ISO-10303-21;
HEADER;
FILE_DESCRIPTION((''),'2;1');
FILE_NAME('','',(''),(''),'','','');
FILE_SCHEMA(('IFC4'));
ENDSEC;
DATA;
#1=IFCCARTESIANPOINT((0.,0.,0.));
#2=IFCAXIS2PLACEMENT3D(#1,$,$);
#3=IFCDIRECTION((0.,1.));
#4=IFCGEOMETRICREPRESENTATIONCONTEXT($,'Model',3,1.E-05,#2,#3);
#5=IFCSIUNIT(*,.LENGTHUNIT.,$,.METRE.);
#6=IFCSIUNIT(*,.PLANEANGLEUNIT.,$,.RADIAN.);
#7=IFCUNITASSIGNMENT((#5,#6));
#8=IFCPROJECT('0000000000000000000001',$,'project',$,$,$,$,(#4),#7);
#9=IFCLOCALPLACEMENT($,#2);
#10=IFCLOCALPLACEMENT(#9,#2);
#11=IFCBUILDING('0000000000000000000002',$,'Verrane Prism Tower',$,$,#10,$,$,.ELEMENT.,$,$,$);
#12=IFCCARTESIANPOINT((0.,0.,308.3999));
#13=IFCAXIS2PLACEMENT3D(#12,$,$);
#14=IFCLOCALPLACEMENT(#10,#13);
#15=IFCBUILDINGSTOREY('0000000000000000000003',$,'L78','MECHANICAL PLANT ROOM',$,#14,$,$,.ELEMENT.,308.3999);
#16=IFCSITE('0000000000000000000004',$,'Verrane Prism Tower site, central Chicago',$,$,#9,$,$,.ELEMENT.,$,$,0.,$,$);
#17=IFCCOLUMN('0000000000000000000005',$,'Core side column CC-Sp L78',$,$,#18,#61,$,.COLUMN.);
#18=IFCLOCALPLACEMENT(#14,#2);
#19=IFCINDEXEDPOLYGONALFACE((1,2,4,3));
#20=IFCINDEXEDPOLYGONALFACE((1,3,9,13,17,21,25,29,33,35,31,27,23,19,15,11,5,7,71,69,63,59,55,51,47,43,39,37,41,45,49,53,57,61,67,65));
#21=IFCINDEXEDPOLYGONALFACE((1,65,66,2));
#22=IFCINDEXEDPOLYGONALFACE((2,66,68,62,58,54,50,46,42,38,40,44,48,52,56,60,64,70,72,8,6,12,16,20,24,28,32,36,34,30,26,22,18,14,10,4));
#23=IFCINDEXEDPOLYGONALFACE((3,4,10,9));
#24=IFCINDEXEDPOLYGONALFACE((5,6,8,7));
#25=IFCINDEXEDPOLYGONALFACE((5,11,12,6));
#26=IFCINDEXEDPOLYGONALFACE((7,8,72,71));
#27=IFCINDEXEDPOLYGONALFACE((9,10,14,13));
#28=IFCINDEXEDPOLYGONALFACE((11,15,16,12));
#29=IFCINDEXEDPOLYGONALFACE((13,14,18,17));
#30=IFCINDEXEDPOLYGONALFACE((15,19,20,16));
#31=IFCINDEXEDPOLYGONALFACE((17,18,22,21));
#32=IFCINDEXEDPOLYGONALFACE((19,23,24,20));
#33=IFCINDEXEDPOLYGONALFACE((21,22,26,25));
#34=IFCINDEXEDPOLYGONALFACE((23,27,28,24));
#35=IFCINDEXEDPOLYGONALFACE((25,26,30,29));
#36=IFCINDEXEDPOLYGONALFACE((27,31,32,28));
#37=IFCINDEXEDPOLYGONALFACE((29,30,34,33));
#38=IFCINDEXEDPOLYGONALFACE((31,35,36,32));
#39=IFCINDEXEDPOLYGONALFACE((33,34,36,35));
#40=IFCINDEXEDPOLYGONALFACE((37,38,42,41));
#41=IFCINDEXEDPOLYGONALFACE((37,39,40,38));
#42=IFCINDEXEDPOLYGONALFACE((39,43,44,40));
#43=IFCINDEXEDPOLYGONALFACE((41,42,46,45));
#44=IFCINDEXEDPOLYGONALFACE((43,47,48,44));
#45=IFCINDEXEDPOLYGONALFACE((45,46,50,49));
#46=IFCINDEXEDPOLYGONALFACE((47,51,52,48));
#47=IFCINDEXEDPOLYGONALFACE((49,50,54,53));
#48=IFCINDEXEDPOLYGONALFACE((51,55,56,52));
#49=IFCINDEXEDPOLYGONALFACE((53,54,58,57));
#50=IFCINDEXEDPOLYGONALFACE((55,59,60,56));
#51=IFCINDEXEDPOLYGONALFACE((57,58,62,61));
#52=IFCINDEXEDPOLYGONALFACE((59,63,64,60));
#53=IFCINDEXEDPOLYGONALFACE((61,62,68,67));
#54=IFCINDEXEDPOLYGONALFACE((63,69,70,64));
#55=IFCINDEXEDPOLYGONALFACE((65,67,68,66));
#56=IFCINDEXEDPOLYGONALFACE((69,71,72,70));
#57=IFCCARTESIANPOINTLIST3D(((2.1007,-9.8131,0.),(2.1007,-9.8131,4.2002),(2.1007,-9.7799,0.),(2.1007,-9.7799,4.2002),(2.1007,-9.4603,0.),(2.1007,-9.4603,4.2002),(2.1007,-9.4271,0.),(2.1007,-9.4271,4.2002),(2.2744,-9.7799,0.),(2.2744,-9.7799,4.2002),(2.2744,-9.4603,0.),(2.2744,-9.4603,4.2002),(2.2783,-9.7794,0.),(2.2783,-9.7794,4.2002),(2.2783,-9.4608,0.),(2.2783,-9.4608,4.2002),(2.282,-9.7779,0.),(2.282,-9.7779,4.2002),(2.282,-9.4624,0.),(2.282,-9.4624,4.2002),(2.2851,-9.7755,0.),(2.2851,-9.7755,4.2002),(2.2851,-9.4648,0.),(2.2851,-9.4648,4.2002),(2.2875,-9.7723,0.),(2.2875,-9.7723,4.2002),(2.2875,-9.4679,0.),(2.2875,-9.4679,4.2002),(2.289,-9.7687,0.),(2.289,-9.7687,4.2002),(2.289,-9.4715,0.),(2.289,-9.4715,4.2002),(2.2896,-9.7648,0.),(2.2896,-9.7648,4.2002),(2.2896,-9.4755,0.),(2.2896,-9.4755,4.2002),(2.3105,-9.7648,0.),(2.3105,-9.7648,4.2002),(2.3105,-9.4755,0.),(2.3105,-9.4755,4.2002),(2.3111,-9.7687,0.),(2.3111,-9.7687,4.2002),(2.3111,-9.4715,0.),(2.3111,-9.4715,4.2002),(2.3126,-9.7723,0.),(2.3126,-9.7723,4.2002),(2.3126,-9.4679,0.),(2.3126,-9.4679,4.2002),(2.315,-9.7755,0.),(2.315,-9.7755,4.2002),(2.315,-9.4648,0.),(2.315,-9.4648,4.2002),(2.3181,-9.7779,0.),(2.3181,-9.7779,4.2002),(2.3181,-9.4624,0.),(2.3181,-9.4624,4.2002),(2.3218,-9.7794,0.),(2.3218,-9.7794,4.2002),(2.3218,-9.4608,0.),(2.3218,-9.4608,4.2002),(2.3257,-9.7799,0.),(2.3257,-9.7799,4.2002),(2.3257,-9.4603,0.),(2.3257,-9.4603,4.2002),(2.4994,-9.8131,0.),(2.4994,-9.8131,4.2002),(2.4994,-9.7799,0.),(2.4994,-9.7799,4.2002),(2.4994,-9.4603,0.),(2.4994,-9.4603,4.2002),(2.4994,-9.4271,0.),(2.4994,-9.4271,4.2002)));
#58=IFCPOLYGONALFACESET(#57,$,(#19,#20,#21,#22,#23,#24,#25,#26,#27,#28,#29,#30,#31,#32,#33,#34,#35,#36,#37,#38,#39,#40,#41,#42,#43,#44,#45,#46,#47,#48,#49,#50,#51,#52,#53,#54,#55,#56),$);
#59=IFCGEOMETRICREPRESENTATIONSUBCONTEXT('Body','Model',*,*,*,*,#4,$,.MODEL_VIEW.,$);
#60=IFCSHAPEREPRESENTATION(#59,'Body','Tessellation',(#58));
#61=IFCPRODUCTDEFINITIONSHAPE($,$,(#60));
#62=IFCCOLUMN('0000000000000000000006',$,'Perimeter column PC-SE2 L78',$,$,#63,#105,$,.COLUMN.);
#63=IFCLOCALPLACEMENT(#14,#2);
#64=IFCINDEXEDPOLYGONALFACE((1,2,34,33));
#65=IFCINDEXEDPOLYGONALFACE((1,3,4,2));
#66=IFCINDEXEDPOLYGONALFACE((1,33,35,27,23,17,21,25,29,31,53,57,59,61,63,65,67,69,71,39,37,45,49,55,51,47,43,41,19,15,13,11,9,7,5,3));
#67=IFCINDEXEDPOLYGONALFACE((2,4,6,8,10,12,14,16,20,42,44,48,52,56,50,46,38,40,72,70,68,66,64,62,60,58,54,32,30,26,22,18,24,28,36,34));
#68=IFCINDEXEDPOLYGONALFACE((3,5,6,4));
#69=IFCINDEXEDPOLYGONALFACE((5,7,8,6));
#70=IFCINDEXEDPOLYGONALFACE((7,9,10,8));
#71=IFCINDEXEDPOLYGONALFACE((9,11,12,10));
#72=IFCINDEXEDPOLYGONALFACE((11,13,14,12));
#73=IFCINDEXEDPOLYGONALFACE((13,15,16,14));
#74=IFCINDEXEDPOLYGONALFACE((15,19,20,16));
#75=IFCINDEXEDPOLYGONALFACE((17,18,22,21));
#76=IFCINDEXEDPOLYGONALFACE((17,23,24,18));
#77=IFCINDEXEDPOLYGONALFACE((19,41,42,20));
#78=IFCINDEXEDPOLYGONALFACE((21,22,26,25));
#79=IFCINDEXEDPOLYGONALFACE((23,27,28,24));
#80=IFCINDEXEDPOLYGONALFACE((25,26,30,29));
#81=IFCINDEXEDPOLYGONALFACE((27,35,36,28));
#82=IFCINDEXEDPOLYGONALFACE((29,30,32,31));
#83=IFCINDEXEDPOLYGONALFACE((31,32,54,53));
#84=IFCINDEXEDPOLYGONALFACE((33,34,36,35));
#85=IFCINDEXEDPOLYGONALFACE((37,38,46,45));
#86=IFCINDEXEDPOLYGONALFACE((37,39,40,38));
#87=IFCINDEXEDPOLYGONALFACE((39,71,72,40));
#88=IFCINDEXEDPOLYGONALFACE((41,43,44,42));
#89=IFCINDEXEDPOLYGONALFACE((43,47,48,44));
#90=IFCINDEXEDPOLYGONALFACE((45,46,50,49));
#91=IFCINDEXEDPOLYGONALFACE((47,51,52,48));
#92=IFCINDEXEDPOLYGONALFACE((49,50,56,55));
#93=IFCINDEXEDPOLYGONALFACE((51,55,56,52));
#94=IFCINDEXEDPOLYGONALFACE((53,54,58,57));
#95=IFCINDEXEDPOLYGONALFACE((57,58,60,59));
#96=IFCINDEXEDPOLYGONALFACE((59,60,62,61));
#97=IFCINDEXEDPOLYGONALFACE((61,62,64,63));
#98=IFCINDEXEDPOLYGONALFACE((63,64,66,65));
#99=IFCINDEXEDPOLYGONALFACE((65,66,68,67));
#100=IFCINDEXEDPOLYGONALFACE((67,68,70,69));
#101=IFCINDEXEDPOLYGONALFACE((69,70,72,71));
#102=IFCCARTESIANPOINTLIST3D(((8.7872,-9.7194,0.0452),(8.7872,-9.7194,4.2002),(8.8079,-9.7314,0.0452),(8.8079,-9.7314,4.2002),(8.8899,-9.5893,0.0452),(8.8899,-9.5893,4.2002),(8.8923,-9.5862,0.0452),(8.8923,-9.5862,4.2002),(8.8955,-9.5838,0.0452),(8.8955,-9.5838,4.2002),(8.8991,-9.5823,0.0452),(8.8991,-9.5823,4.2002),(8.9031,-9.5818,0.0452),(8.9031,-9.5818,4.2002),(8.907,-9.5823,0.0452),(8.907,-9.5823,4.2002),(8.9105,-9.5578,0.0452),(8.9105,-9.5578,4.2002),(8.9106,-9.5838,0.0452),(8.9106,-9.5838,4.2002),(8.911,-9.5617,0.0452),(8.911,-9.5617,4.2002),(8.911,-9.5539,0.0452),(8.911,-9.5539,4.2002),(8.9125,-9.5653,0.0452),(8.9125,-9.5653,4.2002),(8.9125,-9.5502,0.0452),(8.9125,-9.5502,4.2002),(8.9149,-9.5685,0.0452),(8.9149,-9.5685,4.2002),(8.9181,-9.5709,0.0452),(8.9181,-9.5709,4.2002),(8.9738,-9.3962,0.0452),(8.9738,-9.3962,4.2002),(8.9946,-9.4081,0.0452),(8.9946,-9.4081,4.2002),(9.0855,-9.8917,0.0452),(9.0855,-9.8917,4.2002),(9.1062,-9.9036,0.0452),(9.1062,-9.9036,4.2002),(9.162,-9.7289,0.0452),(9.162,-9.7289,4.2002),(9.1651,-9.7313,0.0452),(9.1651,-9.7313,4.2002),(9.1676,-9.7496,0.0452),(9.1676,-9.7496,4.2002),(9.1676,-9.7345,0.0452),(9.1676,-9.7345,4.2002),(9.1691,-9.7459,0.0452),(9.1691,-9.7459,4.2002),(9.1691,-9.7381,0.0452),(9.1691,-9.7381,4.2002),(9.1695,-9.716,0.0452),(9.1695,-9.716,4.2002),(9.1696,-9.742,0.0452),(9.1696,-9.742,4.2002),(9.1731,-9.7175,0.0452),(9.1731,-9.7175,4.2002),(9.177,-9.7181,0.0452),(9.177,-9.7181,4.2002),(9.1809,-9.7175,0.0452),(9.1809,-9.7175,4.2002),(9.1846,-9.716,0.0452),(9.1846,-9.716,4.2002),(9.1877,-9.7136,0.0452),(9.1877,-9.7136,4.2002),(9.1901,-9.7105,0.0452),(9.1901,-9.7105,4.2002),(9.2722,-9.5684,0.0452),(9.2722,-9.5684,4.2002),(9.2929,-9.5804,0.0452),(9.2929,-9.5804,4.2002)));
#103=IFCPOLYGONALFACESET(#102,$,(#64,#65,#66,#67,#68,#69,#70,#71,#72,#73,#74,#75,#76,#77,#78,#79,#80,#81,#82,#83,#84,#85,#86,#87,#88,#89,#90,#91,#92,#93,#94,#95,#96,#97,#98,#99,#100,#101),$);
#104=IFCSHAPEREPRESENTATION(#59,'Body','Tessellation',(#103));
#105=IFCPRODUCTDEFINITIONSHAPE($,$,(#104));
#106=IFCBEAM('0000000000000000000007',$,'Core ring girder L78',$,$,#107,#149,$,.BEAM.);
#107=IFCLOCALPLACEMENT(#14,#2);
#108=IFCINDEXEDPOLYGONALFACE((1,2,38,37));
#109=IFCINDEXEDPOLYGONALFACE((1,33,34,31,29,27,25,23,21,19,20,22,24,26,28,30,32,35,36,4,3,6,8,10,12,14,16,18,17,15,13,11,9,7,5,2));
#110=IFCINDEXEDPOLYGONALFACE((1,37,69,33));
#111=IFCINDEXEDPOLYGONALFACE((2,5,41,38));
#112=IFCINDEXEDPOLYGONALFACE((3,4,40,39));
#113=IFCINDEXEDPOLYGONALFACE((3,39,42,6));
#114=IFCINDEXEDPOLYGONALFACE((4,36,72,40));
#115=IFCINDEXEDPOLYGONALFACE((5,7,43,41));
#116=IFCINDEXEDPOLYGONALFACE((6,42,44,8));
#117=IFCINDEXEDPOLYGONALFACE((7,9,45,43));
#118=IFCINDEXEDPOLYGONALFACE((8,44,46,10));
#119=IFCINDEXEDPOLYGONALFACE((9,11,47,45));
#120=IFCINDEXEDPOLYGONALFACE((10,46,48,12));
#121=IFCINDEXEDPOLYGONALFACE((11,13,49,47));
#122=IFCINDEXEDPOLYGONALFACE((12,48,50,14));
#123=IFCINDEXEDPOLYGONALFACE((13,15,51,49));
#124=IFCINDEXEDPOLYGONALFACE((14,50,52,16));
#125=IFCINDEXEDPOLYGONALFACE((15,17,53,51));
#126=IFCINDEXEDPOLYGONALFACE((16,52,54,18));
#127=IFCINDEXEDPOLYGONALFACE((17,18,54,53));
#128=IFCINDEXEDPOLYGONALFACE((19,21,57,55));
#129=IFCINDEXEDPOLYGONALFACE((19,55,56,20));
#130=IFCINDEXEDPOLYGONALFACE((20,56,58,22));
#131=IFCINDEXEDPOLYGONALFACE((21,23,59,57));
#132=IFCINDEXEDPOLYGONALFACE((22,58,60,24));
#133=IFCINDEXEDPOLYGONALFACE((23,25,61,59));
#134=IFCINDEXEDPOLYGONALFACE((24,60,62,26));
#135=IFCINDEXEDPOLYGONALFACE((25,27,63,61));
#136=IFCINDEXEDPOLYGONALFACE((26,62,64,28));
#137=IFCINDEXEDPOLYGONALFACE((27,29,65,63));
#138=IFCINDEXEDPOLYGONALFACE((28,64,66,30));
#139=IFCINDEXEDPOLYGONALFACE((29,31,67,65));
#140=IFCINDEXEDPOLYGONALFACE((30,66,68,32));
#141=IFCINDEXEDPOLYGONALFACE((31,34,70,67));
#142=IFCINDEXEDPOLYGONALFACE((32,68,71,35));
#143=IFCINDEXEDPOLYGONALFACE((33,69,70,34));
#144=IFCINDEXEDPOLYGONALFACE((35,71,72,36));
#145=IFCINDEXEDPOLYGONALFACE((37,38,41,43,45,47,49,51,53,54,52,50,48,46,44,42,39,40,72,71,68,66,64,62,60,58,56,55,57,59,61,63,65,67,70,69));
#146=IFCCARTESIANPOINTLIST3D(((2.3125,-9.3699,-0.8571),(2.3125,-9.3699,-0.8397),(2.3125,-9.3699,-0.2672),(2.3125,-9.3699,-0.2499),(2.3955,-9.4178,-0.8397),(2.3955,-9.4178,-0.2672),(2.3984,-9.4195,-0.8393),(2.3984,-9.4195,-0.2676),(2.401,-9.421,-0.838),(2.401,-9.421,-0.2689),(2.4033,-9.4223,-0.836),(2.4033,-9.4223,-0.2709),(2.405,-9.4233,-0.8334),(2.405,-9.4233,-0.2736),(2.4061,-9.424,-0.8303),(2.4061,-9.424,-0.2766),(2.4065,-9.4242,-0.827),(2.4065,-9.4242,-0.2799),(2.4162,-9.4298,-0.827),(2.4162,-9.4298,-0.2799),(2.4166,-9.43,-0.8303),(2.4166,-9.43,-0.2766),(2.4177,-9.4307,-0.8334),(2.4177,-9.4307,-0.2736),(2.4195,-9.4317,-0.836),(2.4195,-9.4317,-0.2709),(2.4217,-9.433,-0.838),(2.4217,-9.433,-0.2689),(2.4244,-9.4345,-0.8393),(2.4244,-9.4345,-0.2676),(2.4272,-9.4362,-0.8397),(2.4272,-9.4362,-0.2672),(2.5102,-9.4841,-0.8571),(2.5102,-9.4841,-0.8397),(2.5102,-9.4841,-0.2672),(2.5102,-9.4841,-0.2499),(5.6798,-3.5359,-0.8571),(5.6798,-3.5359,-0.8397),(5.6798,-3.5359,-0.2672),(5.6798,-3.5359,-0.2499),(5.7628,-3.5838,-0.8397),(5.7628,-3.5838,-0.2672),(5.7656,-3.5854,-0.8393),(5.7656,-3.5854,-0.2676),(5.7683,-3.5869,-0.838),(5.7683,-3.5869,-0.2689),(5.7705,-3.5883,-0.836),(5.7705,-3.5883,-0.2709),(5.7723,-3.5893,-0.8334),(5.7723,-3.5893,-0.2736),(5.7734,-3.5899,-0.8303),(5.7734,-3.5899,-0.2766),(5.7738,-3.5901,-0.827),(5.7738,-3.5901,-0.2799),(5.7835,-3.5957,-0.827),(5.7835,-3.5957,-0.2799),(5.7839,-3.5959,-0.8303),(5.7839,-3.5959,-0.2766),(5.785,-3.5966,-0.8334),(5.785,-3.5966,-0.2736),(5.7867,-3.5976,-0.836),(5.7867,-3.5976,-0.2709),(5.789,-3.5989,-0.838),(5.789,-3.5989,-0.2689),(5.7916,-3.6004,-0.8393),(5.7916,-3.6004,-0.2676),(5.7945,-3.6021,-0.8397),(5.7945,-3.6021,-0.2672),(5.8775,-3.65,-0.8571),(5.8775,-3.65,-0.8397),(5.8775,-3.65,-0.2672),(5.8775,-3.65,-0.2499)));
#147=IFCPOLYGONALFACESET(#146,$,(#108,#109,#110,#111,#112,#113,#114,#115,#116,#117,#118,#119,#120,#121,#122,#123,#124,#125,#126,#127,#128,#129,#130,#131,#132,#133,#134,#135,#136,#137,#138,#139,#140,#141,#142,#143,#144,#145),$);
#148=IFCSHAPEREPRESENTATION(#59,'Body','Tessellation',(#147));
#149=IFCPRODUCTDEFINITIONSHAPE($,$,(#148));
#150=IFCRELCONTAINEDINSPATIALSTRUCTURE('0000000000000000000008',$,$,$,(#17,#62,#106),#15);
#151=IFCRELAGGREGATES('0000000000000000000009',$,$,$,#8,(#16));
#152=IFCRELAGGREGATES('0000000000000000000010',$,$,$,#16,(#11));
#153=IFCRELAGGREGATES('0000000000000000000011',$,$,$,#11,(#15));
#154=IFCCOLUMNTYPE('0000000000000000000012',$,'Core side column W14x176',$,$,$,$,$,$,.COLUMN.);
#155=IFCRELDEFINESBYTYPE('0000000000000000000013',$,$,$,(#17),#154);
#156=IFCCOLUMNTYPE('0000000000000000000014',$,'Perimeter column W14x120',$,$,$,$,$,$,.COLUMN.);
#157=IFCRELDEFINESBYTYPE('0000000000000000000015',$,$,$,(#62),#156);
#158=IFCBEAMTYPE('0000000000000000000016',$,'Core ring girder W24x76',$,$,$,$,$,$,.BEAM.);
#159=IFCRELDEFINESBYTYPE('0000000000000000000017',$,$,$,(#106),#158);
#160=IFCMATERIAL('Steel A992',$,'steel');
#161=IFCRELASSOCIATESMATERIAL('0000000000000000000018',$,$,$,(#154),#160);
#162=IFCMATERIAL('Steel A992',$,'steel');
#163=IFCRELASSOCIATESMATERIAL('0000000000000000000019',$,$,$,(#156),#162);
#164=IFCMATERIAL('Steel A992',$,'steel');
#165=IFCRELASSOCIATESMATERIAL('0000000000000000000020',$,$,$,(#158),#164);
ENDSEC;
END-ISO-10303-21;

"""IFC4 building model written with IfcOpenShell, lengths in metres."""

from ifc_helpers import new_model, si_unit, direction, frame, origin, origin_2d, place, context, subcontext, project, spatial, i_section, extrude, material, material_profile, profile_set, type_object, element, save


model = new_model("IFC4")

# Units and contexts
model_context = context("Model", 3, precision=1e-05, world=origin(), true_north=direction((0.0, 1.0)))
body_context = subcontext(model_context, "Body", "Model", "MODEL_VIEW")
ifc_project = project(units=[si_unit("LENGTHUNIT", "METRE"), si_unit("PLANEANGLEUNIT", "RADIAN")], contexts=[model_context])

# Site, building, storey
site_placement = place(None, origin())
site = spatial("IfcSite", under=ifc_project, at=site_placement, Name="Verrane Prism Tower site, central Chicago", CompositionType="ELEMENT", RefElevation=0.0)
building_placement = place(site_placement, origin())
building = spatial("IfcBuilding", under=site, at=building_placement, Name="Verrane Prism Tower", CompositionType="ELEMENT")
storey_placement = place(building_placement, frame((0.0, 0.0, 308.3999)))
storey = spatial("IfcBuildingStorey", under=building, at=storey_placement, Name="L78", Description="MECHANICAL PLANT ROOM", CompositionType="ELEMENT", Elevation=308.3999)

# Columns
ifc_material_1 = material(Name="Steel A992", Category="steel")
ifc_material_profile_1 = material_profile(ifc_material_1, i_section(OverallWidth=0.3987, OverallDepth=0.386, WebThickness=0.021, FlangeThickness=0.0332, FilletRadius=0.0151, at=origin_2d()), Name="W14x176")
ifc_profile_set_1 = profile_set([ifc_material_profile_1], Name="Steel A992")
column_type_1 = type_object("IfcColumnType", Name="Core side column W14x176", PredefinedType="COLUMN", material=ifc_profile_set_1)
column_1_placement = place(storey_placement, frame((2.3, -9.6201, 0.0), z_axis=(0.0, 0.0, 1.0), x_axis=(1.0, 0.0, 0.0)))
element("IfcColumn", 1, at=column_1_placement, inside=storey, type_object=column_type_1, Name="Core side column CC-Sp L78", PredefinedType="COLUMN", context=body_context, shape_type="SweptSolid", body=[
    extrude(i_section(OverallWidth=0.3987, OverallDepth=0.386, WebThickness=0.021, FlangeThickness=0.0332, FilletRadius=0.0151, at=origin_2d()), origin(), (0.0, 0.0, 1.0), 4.2002),
])
ifc_material_2 = material(Name="Steel A992", Category="steel")
ifc_material_profile_2 = material_profile(ifc_material_2, i_section(OverallWidth=0.3733, OverallDepth=0.3684, WebThickness=0.0149, FlangeThickness=0.0239, FilletRadius=0.0151, at=origin_2d()), Name="W14x120")
ifc_profile_set_2 = profile_set([ifc_material_profile_2], Name="Steel A992")
column_type_2 = type_object("IfcColumnType", Name="Perimeter column W14x120", PredefinedType="COLUMN", material=ifc_profile_set_2)
column_2_placement = place(storey_placement, frame((9.04, -9.6499, 0.0452), z_axis=(0.0, 0.0, 1.0), x_axis=(-0.5, -0.866025, 0.0)))
element("IfcColumn", 2, at=column_2_placement, inside=storey, type_object=column_type_2, Name="Perimeter column PC-SE2 L78", PredefinedType="COLUMN", context=body_context, shape_type="SweptSolid", body=[
    extrude(i_section(OverallWidth=0.3733, OverallDepth=0.3684, WebThickness=0.0149, FlangeThickness=0.0239, FilletRadius=0.0151, at=origin_2d()), origin(), (0.0, 0.0, 1.0), 4.155),
])

# Beam
ifc_material_3 = material(Name="Steel A992", Category="steel")
ifc_material_profile_3 = material_profile(ifc_material_3, i_section(OverallWidth=0.2283, OverallDepth=0.6072, WebThickness=0.0112, FlangeThickness=0.0173, FilletRadius=0.0127, at=origin_2d()), Name="W24x76")
ifc_profile_set_3 = profile_set([ifc_material_profile_3], Name="Steel A992")
beam_type_1 = type_object("IfcBeamType", Name="Core ring girder W24x76", PredefinedType="BEAM", material=ifc_profile_set_3)
beam_1_placement = place(storey_placement, frame((2.4114, -9.427, -0.5535), z_axis=(0.499881, 0.866094, 0.0), x_axis=(-0.866094, 0.499881, 0.0)))
element("IfcBeam", 3, at=beam_1_placement, inside=storey, type_object=beam_type_1, Name="Core ring girder L78", PredefinedType="BEAM", context=body_context, shape_type="SweptSolid", body=[
    extrude(i_section(OverallWidth=0.2283, OverallDepth=0.6072, WebThickness=0.0112, FlangeThickness=0.0173, FilletRadius=0.0127, at=origin_2d()), origin(), (0.0, 0.0, 1.0), 6.7361),
])

save(model, "model.ifc")
